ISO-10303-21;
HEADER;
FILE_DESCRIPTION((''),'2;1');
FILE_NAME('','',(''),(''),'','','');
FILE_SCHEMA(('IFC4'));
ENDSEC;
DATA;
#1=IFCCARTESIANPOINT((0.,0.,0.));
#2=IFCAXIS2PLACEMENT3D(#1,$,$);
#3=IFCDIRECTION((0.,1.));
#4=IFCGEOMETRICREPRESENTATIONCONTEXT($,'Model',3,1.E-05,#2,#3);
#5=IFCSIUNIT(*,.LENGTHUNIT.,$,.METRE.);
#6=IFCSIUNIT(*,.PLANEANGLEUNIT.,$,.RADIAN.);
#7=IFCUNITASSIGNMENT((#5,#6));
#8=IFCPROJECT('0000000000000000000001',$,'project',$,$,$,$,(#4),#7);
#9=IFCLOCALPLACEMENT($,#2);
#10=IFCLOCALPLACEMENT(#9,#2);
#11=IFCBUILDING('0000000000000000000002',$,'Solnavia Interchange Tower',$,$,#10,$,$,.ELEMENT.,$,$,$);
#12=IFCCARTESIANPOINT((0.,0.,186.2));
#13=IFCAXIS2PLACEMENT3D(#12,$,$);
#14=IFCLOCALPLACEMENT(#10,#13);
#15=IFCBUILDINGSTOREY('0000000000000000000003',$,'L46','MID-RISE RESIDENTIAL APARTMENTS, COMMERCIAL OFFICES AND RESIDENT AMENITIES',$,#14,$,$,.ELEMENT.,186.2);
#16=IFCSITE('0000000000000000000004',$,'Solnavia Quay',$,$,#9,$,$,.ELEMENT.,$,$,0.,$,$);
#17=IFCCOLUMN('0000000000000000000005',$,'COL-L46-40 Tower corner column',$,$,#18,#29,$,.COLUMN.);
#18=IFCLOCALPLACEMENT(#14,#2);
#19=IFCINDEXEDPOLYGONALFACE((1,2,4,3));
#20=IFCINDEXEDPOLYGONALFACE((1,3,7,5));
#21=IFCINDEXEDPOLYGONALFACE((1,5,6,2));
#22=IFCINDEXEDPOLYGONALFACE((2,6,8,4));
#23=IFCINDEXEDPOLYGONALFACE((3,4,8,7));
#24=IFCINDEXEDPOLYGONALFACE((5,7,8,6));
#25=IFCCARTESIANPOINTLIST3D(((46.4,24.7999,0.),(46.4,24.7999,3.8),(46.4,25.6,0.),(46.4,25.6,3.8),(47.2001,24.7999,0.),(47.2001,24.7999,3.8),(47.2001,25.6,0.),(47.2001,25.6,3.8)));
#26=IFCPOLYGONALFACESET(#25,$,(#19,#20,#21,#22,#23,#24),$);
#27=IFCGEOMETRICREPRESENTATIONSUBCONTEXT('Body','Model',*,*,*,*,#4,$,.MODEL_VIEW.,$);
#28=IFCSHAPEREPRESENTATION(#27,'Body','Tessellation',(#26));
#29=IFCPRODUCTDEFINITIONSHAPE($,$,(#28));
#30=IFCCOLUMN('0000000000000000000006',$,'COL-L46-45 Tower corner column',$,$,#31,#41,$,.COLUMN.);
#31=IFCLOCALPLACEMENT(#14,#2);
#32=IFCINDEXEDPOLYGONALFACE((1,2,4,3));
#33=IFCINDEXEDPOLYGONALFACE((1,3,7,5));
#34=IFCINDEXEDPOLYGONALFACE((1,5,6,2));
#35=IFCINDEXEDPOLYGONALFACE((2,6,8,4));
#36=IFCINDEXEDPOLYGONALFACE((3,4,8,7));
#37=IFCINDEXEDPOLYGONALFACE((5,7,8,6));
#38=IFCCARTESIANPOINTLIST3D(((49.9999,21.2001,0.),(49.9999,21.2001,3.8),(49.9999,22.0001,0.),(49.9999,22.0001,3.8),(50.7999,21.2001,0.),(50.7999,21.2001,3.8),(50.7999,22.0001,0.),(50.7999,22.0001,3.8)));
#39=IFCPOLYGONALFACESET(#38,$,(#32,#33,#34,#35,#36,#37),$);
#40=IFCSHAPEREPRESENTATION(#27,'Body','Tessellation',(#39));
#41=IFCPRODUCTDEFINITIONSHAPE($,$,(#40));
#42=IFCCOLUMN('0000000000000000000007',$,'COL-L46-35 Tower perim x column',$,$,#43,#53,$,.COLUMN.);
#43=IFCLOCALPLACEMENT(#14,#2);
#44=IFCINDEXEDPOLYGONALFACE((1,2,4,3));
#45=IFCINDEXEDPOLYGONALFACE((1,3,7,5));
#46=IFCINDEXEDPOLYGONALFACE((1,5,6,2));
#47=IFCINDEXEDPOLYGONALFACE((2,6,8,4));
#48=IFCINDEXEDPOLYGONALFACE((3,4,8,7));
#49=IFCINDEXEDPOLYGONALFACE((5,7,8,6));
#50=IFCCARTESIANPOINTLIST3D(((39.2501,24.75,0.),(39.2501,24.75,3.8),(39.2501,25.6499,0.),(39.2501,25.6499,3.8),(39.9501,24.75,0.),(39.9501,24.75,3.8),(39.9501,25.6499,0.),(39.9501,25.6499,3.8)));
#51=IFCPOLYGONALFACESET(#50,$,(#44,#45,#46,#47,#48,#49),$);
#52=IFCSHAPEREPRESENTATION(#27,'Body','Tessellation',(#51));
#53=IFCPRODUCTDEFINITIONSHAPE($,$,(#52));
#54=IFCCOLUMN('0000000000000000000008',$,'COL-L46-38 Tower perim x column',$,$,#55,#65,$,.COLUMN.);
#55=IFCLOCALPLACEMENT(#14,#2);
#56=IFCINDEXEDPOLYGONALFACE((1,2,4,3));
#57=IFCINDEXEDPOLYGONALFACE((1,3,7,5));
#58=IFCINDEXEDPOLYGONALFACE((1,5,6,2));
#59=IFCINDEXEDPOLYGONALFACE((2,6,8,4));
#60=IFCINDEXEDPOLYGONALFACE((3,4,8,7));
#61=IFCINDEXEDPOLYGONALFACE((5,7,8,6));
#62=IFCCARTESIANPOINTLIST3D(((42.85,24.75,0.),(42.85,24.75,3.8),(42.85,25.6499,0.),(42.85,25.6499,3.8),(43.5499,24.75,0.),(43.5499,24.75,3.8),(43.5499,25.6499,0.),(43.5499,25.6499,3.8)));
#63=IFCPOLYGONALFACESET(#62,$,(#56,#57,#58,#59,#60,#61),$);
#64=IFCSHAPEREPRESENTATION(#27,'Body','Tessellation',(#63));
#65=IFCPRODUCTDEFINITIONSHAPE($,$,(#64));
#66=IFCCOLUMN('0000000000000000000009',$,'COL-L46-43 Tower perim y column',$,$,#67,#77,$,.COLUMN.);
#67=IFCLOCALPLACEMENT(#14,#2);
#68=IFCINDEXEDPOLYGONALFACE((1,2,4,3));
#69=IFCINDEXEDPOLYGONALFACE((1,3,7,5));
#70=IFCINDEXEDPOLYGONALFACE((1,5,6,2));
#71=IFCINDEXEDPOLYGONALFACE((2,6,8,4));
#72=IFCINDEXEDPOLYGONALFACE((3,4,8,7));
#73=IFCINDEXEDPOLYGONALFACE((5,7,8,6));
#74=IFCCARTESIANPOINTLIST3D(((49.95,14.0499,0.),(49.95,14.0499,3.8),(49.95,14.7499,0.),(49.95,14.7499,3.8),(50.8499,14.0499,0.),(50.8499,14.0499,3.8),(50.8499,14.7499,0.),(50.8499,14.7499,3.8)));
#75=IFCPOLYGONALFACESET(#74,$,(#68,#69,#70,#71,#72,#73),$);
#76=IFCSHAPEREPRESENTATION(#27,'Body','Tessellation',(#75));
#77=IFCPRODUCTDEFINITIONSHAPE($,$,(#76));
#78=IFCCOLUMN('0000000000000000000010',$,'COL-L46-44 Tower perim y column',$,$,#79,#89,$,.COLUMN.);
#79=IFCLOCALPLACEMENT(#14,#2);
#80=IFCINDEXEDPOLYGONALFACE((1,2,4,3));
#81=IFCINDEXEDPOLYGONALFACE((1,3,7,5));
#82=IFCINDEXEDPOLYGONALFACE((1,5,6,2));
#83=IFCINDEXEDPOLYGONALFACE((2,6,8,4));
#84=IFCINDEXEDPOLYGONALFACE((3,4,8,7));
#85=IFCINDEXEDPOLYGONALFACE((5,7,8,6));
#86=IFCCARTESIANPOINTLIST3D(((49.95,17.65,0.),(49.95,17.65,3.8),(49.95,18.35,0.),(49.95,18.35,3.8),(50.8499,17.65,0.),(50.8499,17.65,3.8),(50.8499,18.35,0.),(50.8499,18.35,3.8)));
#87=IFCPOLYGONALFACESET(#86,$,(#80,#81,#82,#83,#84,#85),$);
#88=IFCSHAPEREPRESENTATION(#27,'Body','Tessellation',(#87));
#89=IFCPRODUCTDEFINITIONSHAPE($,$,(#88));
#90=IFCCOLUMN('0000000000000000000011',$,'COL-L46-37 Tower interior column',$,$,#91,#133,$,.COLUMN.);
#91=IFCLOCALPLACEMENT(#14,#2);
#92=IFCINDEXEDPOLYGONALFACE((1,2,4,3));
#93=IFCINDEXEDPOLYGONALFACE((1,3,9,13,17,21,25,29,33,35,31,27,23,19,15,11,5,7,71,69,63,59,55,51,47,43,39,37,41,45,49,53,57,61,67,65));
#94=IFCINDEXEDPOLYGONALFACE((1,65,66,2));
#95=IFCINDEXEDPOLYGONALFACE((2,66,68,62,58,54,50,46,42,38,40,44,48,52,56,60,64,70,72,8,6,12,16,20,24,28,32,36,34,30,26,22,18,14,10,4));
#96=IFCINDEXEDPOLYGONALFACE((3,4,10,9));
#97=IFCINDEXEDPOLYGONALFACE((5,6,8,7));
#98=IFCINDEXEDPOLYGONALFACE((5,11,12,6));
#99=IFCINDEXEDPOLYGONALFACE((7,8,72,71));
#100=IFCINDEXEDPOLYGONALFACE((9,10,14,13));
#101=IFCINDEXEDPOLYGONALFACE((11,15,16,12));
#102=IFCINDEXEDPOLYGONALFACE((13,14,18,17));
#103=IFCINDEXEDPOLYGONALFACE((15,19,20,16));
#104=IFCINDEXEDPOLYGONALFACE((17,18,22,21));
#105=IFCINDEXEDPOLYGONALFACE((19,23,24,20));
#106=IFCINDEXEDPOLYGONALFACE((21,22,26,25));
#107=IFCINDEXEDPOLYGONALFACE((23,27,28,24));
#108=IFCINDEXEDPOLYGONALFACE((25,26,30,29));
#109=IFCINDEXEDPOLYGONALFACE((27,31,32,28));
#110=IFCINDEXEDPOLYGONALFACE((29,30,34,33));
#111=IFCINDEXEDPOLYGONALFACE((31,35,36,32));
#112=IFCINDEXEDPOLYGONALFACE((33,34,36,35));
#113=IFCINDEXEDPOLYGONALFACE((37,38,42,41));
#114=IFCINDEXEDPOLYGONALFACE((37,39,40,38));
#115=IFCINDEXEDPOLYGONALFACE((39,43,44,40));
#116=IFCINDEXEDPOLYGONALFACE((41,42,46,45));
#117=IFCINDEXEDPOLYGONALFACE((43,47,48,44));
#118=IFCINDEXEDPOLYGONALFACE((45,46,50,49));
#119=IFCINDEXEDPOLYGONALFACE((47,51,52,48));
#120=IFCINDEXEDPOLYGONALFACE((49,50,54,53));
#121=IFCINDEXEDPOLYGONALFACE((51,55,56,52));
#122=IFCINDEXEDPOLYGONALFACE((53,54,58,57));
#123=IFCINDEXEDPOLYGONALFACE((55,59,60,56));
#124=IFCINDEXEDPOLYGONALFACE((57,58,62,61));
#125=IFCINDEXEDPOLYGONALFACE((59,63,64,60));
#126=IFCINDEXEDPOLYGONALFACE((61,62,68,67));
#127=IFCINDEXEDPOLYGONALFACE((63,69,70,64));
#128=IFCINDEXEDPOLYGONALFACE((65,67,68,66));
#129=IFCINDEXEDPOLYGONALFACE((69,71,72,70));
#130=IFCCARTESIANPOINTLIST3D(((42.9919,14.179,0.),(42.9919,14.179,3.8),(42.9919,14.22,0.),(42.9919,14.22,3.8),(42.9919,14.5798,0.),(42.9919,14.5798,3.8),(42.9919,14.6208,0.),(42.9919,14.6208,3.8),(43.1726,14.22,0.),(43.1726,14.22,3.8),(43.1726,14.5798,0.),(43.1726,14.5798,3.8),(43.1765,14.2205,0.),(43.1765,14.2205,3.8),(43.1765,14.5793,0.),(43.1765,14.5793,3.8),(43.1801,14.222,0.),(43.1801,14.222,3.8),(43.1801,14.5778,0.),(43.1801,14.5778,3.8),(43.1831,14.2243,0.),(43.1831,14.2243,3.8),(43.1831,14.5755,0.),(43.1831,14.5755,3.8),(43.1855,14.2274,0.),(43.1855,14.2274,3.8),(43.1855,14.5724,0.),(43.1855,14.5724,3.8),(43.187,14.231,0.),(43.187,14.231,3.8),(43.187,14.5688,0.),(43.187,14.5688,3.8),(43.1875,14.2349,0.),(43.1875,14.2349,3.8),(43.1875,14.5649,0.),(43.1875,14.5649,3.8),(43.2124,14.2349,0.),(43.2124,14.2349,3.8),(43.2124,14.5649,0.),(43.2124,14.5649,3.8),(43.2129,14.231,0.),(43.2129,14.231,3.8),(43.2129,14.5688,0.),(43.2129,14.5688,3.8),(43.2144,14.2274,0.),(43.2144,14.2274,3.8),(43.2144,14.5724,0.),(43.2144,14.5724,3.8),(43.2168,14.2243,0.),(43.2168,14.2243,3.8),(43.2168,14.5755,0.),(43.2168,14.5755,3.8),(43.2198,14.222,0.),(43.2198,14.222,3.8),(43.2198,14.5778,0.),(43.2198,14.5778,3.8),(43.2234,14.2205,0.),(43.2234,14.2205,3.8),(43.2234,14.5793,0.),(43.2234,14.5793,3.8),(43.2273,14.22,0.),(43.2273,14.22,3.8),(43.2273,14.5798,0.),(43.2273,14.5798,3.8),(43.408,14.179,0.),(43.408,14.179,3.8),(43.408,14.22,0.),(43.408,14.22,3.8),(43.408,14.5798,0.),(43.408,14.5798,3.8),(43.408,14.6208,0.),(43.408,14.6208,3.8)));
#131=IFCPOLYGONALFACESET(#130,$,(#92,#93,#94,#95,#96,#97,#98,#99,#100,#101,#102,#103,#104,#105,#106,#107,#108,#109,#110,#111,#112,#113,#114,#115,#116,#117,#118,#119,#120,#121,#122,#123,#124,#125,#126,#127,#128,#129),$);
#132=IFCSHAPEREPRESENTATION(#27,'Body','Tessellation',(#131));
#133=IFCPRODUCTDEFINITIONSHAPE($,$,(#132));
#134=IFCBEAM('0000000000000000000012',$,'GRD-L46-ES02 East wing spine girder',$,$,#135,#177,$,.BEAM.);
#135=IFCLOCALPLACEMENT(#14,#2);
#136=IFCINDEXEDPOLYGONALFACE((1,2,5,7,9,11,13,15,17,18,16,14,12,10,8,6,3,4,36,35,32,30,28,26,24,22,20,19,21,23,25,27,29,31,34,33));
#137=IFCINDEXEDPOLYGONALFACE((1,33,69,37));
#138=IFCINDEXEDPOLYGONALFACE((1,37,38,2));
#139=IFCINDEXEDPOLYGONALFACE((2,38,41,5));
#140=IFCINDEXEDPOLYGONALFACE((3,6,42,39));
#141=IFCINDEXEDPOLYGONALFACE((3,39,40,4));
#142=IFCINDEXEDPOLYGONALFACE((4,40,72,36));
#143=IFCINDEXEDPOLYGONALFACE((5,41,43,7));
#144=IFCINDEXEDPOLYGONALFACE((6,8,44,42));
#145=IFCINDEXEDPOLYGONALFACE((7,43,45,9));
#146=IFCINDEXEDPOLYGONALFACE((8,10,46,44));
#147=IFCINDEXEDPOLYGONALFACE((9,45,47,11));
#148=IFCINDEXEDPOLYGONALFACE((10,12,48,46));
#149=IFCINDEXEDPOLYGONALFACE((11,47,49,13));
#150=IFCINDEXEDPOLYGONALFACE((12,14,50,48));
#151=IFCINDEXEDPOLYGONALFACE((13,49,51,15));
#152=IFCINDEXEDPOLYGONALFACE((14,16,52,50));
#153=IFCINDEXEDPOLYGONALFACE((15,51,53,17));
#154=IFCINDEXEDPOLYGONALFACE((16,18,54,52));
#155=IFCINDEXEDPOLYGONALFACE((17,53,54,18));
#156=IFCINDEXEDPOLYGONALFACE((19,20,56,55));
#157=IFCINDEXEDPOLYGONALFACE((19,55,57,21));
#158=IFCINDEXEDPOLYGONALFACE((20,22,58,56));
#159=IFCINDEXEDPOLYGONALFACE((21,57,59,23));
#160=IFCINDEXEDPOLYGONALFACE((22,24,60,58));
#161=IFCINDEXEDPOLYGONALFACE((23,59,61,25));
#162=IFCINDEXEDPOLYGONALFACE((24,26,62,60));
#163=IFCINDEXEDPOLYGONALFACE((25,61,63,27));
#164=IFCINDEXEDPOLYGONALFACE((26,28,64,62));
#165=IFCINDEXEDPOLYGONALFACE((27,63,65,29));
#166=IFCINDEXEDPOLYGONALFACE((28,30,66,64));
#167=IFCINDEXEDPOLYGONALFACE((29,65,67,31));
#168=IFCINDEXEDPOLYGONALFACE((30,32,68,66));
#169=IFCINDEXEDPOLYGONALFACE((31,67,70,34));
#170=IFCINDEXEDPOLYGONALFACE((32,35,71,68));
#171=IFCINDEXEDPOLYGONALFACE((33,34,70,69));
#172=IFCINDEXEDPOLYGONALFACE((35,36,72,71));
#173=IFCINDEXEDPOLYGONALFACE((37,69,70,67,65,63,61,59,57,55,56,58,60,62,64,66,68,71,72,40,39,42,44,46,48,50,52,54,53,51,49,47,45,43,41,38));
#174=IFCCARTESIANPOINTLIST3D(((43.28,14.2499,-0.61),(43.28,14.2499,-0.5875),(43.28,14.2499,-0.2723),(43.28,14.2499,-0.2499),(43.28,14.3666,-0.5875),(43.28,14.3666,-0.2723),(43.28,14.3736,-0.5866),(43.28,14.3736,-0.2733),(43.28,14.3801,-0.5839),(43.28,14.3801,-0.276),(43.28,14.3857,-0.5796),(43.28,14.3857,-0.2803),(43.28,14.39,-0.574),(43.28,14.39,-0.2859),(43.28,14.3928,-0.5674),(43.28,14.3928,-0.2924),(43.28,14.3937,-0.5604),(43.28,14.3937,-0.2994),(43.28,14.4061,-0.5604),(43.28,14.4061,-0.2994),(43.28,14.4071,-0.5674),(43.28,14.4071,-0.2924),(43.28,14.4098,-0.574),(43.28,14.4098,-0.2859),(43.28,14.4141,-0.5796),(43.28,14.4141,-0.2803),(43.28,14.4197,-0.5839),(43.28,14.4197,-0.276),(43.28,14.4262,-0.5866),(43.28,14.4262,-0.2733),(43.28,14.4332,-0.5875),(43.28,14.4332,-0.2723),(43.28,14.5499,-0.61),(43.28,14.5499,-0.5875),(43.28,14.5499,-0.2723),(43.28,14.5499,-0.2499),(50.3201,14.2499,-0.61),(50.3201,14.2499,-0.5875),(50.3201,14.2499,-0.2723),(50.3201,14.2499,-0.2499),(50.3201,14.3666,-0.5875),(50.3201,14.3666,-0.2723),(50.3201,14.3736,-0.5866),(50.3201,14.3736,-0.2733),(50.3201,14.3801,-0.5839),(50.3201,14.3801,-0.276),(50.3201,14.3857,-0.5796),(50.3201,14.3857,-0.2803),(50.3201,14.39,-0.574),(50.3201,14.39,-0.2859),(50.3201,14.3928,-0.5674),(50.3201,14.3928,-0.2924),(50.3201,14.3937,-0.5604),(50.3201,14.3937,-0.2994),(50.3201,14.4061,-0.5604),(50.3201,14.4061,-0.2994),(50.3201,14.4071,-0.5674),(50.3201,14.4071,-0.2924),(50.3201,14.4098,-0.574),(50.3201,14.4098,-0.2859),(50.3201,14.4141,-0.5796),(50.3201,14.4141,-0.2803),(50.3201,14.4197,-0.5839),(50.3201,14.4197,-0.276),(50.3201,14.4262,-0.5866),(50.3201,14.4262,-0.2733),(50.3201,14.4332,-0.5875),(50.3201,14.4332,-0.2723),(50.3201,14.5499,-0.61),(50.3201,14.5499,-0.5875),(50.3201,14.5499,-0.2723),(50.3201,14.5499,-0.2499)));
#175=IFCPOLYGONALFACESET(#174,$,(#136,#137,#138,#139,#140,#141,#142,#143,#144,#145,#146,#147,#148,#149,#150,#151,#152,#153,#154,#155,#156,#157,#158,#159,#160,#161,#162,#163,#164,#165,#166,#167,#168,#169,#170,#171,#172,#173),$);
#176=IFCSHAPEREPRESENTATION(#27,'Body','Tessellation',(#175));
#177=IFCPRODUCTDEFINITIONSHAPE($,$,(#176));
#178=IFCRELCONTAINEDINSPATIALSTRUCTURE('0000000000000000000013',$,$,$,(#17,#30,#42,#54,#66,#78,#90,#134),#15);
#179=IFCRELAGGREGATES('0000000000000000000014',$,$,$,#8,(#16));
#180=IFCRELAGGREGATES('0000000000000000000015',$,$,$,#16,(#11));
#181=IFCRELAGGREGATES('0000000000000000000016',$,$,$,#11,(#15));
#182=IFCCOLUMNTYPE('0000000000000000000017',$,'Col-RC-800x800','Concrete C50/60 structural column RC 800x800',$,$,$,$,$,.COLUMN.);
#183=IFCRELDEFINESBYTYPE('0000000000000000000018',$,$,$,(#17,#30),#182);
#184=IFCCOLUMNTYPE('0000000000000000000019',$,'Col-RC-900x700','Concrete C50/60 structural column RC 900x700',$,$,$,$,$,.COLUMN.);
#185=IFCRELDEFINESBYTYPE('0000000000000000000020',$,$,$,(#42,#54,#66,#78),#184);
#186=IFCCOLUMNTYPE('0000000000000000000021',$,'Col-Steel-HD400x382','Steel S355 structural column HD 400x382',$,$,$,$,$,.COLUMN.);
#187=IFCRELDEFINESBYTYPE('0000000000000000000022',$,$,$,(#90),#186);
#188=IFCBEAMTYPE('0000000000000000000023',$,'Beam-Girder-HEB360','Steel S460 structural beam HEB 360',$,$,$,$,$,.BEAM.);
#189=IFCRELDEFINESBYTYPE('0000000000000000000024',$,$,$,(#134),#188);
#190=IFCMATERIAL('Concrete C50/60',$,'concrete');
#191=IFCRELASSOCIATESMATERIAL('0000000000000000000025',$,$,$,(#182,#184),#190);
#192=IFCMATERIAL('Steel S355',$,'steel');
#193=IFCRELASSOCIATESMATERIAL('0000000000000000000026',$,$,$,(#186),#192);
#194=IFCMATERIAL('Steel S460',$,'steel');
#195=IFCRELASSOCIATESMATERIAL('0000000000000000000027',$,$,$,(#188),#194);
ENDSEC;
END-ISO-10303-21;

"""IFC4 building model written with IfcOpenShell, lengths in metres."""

from ifc_helpers import new_model, si_unit, direction, frame, origin, origin_2d, place, context, subcontext, project, spatial, rectangle, i_section, extrude, material, material_profile, profile_set, type_object, element, save


model = new_model("IFC4")

# Units and contexts
model_context = context("Model", 3, precision=1e-05, world=origin(), true_north=direction((0.0, 1.0)))
body_context = subcontext(model_context, "Body", "Model", "MODEL_VIEW")
ifc_project = project(units=[si_unit("LENGTHUNIT", "METRE"), si_unit("PLANEANGLEUNIT", "RADIAN")], contexts=[model_context])

# Site, building, storey
site_placement = place(None, origin())
site = spatial("IfcSite", under=ifc_project, at=site_placement, Name="Solnavia Quay", CompositionType="ELEMENT", RefElevation=0.0)
building_placement = place(site_placement, origin())
building = spatial("IfcBuilding", under=site, at=building_placement, Name="Solnavia Interchange Tower", CompositionType="ELEMENT")
storey_placement = place(building_placement, frame((0.0, 0.0, 186.2)))
storey = spatial("IfcBuildingStorey", under=building, at=storey_placement, Name="L46", Description="MID-RISE RESIDENTIAL APARTMENTS, COMMERCIAL OFFICES AND RESIDENT AMENITIES", CompositionType="ELEMENT", Elevation=186.2)

# Columns
ifc_material_1 = material(Name="Concrete C50/60", Category="concrete")
ifc_material_profile_1 = material_profile(ifc_material_1, rectangle(XDim=0.8, YDim=0.8, at=origin_2d()), Name="RC 800x800")
ifc_profile_set_1 = profile_set([ifc_material_profile_1], Name="Concrete C50/60")
column_type_1 = type_object("IfcColumnType", Name="Col-RC-800x800", Description="Concrete C50/60 structural column RC 800x800", PredefinedType="COLUMN", material=ifc_profile_set_1)
for number, where, z_axis, x_axis, name in (
    (1, (46.8, 25.2, 0.0), (0.0, 0.0, 1.0), (1.0, 0.0, 0.0), "COL-L46-40 Tower corner column"),
    (2, (50.3999, 21.6001, 0.0), (0.0, 0.0, 1.0), (0.0, 1.0, 0.0), "COL-L46-45 Tower corner column"),
):
    element("IfcColumn", number, at=place(storey_placement, frame(where, z_axis=z_axis, x_axis=x_axis)), inside=storey, type_object=column_type_1, Name=name, PredefinedType="COLUMN", context=body_context, shape_type="SweptSolid", body=[
        extrude(rectangle(XDim=0.8, YDim=0.8, at=origin_2d()), origin(), (0.0, 0.0, 1.0), 3.8),
    ])
ifc_material_profile_2 = material_profile(ifc_material_1, rectangle(XDim=0.7, YDim=0.8999, at=origin_2d()), Name="RC 900x700")
ifc_profile_set_2 = profile_set([ifc_material_profile_2], Name="Concrete C50/60")
column_type_2 = type_object("IfcColumnType", Name="Col-RC-900x700", Description="Concrete C50/60 structural column RC 900x700", PredefinedType="COLUMN", material=ifc_profile_set_2)
for number, where, z_axis, x_axis, name in (
    (3, (39.6001, 25.2, 0.0), (0.0, 0.0, 1.0), (1.0, 0.0, 0.0), "COL-L46-35 Tower perim x column"),
    (4, (43.2, 25.2, 0.0), (0.0, 0.0, 1.0), (1.0, 0.0, 0.0), "COL-L46-38 Tower perim x column"),
    (5, (50.3999, 14.3999, 0.0), (0.0, 0.0, 1.0), (0.0, 1.0, 0.0), "COL-L46-43 Tower perim y column"),
    (6, (50.3999, 18.0, 0.0), (0.0, 0.0, 1.0), (0.0, 1.0, 0.0), "COL-L46-44 Tower perim y column"),
):
    element("IfcColumn", number, at=place(storey_placement, frame(where, z_axis=z_axis, x_axis=x_axis)), inside=storey, type_object=column_type_2, Name=name, PredefinedType="COLUMN", context=body_context, shape_type="SweptSolid", body=[
        extrude(rectangle(XDim=0.7, YDim=0.8999, at=origin_2d()), origin(), (0.0, 0.0, 1.0), 3.8),
    ])
ifc_material_2 = material(Name="Steel S355", Category="steel")
ifc_material_profile_3 = material_profile(ifc_material_2, i_section(OverallWidth=0.416, OverallDepth=0.4419, WebThickness=0.0249, FlangeThickness=0.041, FilletRadius=0.0149, at=origin_2d()), Name="HD 400x382")
ifc_profile_set_3 = profile_set([ifc_material_profile_3], Name="Steel S355")
column_type_3 = type_object("IfcColumnType", Name="Col-Steel-HD400x382", Description="Steel S355 structural column HD 400x382", PredefinedType="COLUMN", material=ifc_profile_set_3)
column_placement = place(storey_placement, frame((43.2, 14.3999, 0.0), z_axis=(0.0, 0.0, 1.0), x_axis=(1.0, 0.0, 0.0)))
element("IfcColumn", 7, at=column_placement, inside=storey, type_object=column_type_3, Name="COL-L46-37 Tower interior column", PredefinedType="COLUMN", context=body_context, shape_type="SweptSolid", body=[
    extrude(i_section(OverallWidth=0.416, OverallDepth=0.4419, WebThickness=0.0249, FlangeThickness=0.041, FilletRadius=0.0149, at=origin_2d()), origin(), (0.0, 0.0, 1.0), 3.8),
])

# Beam
ifc_material_3 = material(Name="Steel S460", Category="steel")
ifc_material_profile_4 = material_profile(ifc_material_3, i_section(OverallWidth=0.3, OverallDepth=0.3601, WebThickness=0.0125, FlangeThickness=0.0225, FilletRadius=0.0271, at=origin_2d()), Name="HEB 360")
ifc_profile_set_4 = profile_set([ifc_material_profile_4], Name="Steel S460")
beam_type_1 = type_object("IfcBeamType", Name="Beam-Girder-HEB360", Description="Steel S460 structural beam HEB 360", PredefinedType="BEAM", material=ifc_profile_set_4)
beam_1_placement = place(storey_placement, frame((43.28, 14.3999, -0.4299), z_axis=(1.0, 0.0, 0.0), x_axis=(0.0, 1.0, 0.0)))
element("IfcBeam", 8, at=beam_1_placement, inside=storey, type_object=beam_type_1, Name="GRD-L46-ES02 East wing spine girder", PredefinedType="BEAM", context=body_context, shape_type="SweptSolid", body=[
    extrude(i_section(OverallWidth=0.3, OverallDepth=0.3601, WebThickness=0.0125, FlangeThickness=0.0225, FilletRadius=0.0271, at=origin_2d()), origin(), (0.0, 0.0, 1.0), 7.04),
])

save(model, "model.ifc")
